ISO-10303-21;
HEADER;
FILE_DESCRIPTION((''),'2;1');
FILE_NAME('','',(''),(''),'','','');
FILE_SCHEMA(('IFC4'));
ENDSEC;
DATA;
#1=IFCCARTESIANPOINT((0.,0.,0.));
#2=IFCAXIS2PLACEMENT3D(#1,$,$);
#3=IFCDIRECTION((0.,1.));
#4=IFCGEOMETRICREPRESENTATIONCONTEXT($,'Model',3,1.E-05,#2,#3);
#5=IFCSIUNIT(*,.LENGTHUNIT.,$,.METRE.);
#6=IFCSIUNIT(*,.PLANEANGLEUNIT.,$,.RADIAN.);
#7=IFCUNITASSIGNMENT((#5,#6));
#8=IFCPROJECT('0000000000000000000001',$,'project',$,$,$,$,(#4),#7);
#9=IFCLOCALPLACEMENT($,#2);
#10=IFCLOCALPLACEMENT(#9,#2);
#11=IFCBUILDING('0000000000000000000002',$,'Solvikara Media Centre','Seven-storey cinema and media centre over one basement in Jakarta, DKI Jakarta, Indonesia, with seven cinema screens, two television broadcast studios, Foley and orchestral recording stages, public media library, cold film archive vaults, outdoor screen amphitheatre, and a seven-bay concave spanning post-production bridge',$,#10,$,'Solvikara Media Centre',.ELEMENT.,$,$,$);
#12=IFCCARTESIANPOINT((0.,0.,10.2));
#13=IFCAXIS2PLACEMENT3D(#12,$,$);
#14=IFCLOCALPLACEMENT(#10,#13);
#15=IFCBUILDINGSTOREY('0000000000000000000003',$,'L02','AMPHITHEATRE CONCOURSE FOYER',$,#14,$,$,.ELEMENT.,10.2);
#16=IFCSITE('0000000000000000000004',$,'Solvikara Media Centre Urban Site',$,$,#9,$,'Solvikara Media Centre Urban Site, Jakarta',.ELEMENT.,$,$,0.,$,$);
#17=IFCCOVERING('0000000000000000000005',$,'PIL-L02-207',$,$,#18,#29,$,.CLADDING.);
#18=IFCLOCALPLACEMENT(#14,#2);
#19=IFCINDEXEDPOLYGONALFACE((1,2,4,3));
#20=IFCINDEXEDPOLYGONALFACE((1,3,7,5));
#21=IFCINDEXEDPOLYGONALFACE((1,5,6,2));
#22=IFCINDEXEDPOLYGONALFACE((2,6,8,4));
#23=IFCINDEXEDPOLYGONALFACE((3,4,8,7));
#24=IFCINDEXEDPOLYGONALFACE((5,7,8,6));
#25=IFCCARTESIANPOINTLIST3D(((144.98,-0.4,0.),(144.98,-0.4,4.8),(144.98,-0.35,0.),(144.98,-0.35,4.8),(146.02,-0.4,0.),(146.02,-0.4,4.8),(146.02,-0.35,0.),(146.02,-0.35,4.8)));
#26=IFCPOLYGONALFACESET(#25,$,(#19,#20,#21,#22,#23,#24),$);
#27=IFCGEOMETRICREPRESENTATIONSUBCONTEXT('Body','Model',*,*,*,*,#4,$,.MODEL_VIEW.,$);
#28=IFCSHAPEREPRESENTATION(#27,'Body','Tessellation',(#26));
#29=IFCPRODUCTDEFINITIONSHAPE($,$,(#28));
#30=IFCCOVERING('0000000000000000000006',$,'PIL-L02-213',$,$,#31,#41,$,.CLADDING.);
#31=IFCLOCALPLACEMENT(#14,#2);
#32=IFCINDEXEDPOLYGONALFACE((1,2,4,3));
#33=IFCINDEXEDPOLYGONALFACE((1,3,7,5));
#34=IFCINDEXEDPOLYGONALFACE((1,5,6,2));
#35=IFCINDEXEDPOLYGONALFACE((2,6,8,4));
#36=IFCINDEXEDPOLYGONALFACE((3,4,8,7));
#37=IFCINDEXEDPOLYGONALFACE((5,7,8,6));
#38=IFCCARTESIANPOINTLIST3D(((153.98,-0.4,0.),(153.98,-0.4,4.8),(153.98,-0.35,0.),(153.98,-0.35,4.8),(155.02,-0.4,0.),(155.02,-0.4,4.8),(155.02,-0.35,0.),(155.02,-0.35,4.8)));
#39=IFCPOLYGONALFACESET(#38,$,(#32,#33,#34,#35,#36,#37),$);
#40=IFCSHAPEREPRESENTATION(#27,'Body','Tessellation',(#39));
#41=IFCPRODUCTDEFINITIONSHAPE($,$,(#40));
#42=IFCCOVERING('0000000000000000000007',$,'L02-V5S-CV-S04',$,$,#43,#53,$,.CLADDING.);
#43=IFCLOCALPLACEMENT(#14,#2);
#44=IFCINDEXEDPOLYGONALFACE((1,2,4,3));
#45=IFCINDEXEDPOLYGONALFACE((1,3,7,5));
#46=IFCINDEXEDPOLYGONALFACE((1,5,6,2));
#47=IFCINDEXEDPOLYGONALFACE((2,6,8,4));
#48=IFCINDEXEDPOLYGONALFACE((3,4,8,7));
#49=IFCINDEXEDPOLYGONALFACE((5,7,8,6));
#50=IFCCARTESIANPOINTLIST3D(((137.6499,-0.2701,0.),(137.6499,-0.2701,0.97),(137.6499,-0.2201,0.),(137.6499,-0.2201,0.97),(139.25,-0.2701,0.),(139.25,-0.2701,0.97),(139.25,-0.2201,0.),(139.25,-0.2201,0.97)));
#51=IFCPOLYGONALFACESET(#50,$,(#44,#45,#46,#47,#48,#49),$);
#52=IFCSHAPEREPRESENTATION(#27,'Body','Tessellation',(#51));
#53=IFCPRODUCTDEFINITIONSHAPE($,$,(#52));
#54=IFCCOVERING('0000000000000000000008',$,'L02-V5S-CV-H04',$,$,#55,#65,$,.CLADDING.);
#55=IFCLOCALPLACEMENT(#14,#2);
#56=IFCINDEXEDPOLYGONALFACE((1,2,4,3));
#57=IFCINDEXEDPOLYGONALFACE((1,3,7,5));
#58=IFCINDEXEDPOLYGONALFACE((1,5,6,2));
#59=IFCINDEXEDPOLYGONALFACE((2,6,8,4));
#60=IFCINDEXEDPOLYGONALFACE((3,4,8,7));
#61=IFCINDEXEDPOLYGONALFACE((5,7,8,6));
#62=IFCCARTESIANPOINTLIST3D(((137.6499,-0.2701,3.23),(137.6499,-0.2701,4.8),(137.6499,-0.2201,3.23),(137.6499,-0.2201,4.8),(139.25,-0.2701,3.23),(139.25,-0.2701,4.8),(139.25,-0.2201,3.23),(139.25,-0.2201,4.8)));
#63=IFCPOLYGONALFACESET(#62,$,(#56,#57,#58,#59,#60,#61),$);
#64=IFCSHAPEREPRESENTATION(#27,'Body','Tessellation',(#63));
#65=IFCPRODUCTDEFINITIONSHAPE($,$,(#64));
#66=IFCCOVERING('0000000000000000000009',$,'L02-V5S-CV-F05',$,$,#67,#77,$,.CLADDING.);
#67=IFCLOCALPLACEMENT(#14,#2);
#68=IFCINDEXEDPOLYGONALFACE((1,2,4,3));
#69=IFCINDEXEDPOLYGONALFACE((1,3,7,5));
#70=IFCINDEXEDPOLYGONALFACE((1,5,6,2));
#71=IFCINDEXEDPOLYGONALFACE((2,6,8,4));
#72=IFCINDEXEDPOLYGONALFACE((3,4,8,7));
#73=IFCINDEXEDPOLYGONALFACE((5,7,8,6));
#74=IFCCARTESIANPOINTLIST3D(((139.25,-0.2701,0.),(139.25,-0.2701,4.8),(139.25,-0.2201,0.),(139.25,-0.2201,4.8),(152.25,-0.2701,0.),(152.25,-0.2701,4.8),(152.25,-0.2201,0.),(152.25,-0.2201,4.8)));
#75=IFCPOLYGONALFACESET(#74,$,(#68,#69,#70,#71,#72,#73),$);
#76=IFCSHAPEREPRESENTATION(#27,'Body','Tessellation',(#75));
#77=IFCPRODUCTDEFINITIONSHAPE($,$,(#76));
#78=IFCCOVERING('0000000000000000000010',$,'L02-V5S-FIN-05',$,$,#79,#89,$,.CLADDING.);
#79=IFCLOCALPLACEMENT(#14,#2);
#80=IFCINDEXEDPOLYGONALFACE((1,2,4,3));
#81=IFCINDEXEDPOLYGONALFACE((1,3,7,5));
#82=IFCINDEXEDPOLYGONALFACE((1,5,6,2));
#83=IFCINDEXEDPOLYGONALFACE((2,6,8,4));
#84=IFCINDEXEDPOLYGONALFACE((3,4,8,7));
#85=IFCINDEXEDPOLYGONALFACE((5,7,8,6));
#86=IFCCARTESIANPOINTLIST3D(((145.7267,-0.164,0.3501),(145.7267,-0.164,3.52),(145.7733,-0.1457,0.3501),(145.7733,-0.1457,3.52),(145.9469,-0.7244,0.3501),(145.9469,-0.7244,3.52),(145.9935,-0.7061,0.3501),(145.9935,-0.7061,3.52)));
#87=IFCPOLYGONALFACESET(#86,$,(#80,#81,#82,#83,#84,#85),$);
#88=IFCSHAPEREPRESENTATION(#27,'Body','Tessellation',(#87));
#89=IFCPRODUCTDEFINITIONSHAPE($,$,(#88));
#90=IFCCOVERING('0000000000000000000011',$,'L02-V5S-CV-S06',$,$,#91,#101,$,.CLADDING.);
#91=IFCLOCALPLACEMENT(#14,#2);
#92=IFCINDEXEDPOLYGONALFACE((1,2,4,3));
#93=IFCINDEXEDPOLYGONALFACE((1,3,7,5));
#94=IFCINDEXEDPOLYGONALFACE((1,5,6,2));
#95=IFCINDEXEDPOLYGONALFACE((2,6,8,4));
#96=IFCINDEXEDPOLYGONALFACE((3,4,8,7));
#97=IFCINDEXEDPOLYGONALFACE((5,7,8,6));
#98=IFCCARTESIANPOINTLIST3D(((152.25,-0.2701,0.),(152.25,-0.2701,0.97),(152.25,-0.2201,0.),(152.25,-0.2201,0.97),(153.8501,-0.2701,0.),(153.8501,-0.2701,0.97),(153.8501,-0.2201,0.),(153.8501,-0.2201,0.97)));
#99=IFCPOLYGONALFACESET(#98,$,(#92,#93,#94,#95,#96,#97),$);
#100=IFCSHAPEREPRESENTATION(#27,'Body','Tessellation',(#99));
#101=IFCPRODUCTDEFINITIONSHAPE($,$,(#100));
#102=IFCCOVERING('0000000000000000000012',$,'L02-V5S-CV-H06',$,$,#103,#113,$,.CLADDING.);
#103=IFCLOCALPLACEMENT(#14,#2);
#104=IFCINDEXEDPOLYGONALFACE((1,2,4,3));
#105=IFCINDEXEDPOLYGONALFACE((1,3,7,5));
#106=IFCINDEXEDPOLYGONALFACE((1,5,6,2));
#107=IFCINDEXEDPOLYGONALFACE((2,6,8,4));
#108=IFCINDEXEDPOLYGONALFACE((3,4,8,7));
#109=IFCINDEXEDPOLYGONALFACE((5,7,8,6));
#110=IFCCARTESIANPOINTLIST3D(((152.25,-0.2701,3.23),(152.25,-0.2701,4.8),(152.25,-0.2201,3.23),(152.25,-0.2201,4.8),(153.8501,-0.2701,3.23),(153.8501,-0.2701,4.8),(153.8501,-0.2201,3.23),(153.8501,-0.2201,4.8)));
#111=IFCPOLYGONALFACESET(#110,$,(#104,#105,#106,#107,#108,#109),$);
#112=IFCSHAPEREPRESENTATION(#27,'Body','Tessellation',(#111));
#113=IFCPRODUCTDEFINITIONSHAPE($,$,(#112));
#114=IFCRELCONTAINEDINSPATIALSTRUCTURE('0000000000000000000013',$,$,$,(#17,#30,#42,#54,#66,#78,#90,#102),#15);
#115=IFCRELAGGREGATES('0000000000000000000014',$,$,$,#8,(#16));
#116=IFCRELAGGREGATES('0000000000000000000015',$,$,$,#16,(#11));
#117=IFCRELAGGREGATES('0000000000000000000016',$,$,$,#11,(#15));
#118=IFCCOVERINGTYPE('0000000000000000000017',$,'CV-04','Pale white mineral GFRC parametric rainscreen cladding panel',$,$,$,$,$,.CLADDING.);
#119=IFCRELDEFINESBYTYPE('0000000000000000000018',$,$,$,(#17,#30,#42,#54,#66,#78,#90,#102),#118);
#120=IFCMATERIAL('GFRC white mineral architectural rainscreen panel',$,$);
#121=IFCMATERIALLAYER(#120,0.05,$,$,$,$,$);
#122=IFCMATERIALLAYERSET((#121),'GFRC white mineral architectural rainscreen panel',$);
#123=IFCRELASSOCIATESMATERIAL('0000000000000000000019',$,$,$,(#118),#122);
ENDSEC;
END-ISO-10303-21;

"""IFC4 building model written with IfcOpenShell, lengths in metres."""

from ifc_helpers import new_model, si_unit, direction, frame, origin, origin_2d, place, context, subcontext, project, spatial, rectangle, extrude, material, layer, layer_set, type_object, element, save


model = new_model("IFC4")

# Units and contexts
model_context = context("Model", 3, precision=1e-05, world=origin(), true_north=direction((0.0, 1.0)))
body_context = subcontext(model_context, "Body", "Model", "MODEL_VIEW")
ifc_project = project(units=[si_unit("LENGTHUNIT", "METRE"), si_unit("PLANEANGLEUNIT", "RADIAN")], contexts=[model_context])

# Site, building, storey
site_placement = place(None, origin())
site = spatial("IfcSite", under=ifc_project, at=site_placement, Name="Solvikara Media Centre Urban Site", LongName="Solvikara Media Centre Urban Site, Jakarta", CompositionType="ELEMENT", RefElevation=0.0)
building_placement = place(site_placement, origin())
building = spatial("IfcBuilding", under=site, at=building_placement, Name="Solvikara Media Centre", Description="Seven-storey cinema and media centre over one basement in Jakarta, DKI Jakarta, Indonesia, with seven cinema screens, two television broadcast studios, Foley and orchestral recording stages, public media library, cold film archive vaults, outdoor screen amphitheatre, and a seven-bay concave spanning post-production bridge", LongName="Solvikara Media Centre", CompositionType="ELEMENT")
storey_placement = place(building_placement, frame((0.0, 0.0, 10.2)))
storey = spatial("IfcBuildingStorey", under=building, at=storey_placement, Name="L02", Description="AMPHITHEATRE CONCOURSE FOYER", CompositionType="ELEMENT", Elevation=10.2)

# Coverings
ifc_material_1 = material(Name="GFRC white mineral architectural rainscreen panel")
ifc_layer_1 = layer(ifc_material_1, 0.05)
ifc_layer_set_1 = layer_set([ifc_layer_1], Name="GFRC white mineral architectural rainscreen panel")
covering_type = type_object("IfcCoveringType", Name="CV-04", Description="Pale white mineral GFRC parametric rainscreen cladding panel", PredefinedType="CLADDING", material=ifc_layer_set_1)
for number, where, z_axis, x_axis, name in (
    (1, (145.5, -0.375, 0.0), (0.0, 0.0, 1.0), (1.0, 0.0, 0.0), "PIL-L02-207"),
    (2, (154.5, -0.375, 0.0), (0.0, 0.0, 1.0), (1.0, 0.0, 0.0), "PIL-L02-213"),
):
    element("IfcCovering", number, at=place(storey_placement, frame(where, z_axis=z_axis, x_axis=x_axis)), inside=storey, type_object=covering_type, Name=name, PredefinedType="CLADDING", context=body_context, shape_type="SweptSolid", body=[
        extrude(rectangle(XDim=1.04, YDim=0.05, at=origin_2d()), origin(), (0.0, 0.0, 1.0), 4.8),
    ])
covering_1_placement = place(storey_placement, frame((138.45, -0.2451, 0.0), z_axis=(0.0, 0.0, 1.0), x_axis=(1.0, 0.0, 0.0)))
element("IfcCovering", 3, at=covering_1_placement, inside=storey, type_object=covering_type, Name="L02-V5S-CV-S04", PredefinedType="CLADDING", context=body_context, shape_type="SweptSolid", body=[
    extrude(rectangle(XDim=1.6001, YDim=0.05, at=origin_2d()), origin(), (0.0, 0.0, 1.0), 0.97),
])
covering_2_placement = place(storey_placement, frame((138.45, -0.2451, 3.23), z_axis=(0.0, 0.0, 1.0), x_axis=(1.0, 0.0, 0.0)))
element("IfcCovering", 4, at=covering_2_placement, inside=storey, type_object=covering_type, Name="L02-V5S-CV-H04", PredefinedType="CLADDING", context=body_context, shape_type="SweptSolid", body=[
    extrude(rectangle(XDim=1.6001, YDim=0.05, at=origin_2d()), origin(), (0.0, 0.0, 1.0), 1.5701),
])
covering_3_placement = place(storey_placement, frame((145.75, -0.2451, 0.0), z_axis=(0.0, 0.0, 1.0), x_axis=(1.0, 0.0, 0.0)))
element("IfcCovering", 5, at=covering_3_placement, inside=storey, type_object=covering_type, Name="L02-V5S-CV-F05", PredefinedType="CLADDING", context=body_context, shape_type="SweptSolid", body=[
    extrude(rectangle(XDim=13.0, YDim=0.05, at=origin_2d()), origin(), (0.0, 0.0, 1.0), 4.8),
])
covering_4_placement = place(storey_placement, frame((145.8601, -0.4351, 0.3501), z_axis=(0.0, 0.0, 1.0), x_axis=(0.365657, -0.93075, 0.0)))
element("IfcCovering", 6, at=covering_4_placement, inside=storey, type_object=covering_type, Name="L02-V5S-FIN-05", PredefinedType="CLADDING", context=body_context, shape_type="SweptSolid", body=[
    extrude(rectangle(XDim=0.6021, YDim=0.05, at=origin_2d()), origin(), (0.0, 0.0, 1.0), 3.1699),
])
covering_5_placement = place(storey_placement, frame((153.05, -0.2451, 0.0), z_axis=(0.0, 0.0, 1.0), x_axis=(1.0, 0.0, 0.0)))
element("IfcCovering", 7, at=covering_5_placement, inside=storey, type_object=covering_type, Name="L02-V5S-CV-S06", PredefinedType="CLADDING", context=body_context, shape_type="SweptSolid", body=[
    extrude(rectangle(XDim=1.6001, YDim=0.05, at=origin_2d()), origin(), (0.0, 0.0, 1.0), 0.97),
])
covering_6_placement = place(storey_placement, frame((153.05, -0.2451, 3.23), z_axis=(0.0, 0.0, 1.0), x_axis=(1.0, 0.0, 0.0)))
element("IfcCovering", 8, at=covering_6_placement, inside=storey, type_object=covering_type, Name="L02-V5S-CV-H06", PredefinedType="CLADDING", context=body_context, shape_type="SweptSolid", body=[
    extrude(rectangle(XDim=1.6001, YDim=0.05, at=origin_2d()), origin(), (0.0, 0.0, 1.0), 1.5701),
])

save(model, "model.ifc")
